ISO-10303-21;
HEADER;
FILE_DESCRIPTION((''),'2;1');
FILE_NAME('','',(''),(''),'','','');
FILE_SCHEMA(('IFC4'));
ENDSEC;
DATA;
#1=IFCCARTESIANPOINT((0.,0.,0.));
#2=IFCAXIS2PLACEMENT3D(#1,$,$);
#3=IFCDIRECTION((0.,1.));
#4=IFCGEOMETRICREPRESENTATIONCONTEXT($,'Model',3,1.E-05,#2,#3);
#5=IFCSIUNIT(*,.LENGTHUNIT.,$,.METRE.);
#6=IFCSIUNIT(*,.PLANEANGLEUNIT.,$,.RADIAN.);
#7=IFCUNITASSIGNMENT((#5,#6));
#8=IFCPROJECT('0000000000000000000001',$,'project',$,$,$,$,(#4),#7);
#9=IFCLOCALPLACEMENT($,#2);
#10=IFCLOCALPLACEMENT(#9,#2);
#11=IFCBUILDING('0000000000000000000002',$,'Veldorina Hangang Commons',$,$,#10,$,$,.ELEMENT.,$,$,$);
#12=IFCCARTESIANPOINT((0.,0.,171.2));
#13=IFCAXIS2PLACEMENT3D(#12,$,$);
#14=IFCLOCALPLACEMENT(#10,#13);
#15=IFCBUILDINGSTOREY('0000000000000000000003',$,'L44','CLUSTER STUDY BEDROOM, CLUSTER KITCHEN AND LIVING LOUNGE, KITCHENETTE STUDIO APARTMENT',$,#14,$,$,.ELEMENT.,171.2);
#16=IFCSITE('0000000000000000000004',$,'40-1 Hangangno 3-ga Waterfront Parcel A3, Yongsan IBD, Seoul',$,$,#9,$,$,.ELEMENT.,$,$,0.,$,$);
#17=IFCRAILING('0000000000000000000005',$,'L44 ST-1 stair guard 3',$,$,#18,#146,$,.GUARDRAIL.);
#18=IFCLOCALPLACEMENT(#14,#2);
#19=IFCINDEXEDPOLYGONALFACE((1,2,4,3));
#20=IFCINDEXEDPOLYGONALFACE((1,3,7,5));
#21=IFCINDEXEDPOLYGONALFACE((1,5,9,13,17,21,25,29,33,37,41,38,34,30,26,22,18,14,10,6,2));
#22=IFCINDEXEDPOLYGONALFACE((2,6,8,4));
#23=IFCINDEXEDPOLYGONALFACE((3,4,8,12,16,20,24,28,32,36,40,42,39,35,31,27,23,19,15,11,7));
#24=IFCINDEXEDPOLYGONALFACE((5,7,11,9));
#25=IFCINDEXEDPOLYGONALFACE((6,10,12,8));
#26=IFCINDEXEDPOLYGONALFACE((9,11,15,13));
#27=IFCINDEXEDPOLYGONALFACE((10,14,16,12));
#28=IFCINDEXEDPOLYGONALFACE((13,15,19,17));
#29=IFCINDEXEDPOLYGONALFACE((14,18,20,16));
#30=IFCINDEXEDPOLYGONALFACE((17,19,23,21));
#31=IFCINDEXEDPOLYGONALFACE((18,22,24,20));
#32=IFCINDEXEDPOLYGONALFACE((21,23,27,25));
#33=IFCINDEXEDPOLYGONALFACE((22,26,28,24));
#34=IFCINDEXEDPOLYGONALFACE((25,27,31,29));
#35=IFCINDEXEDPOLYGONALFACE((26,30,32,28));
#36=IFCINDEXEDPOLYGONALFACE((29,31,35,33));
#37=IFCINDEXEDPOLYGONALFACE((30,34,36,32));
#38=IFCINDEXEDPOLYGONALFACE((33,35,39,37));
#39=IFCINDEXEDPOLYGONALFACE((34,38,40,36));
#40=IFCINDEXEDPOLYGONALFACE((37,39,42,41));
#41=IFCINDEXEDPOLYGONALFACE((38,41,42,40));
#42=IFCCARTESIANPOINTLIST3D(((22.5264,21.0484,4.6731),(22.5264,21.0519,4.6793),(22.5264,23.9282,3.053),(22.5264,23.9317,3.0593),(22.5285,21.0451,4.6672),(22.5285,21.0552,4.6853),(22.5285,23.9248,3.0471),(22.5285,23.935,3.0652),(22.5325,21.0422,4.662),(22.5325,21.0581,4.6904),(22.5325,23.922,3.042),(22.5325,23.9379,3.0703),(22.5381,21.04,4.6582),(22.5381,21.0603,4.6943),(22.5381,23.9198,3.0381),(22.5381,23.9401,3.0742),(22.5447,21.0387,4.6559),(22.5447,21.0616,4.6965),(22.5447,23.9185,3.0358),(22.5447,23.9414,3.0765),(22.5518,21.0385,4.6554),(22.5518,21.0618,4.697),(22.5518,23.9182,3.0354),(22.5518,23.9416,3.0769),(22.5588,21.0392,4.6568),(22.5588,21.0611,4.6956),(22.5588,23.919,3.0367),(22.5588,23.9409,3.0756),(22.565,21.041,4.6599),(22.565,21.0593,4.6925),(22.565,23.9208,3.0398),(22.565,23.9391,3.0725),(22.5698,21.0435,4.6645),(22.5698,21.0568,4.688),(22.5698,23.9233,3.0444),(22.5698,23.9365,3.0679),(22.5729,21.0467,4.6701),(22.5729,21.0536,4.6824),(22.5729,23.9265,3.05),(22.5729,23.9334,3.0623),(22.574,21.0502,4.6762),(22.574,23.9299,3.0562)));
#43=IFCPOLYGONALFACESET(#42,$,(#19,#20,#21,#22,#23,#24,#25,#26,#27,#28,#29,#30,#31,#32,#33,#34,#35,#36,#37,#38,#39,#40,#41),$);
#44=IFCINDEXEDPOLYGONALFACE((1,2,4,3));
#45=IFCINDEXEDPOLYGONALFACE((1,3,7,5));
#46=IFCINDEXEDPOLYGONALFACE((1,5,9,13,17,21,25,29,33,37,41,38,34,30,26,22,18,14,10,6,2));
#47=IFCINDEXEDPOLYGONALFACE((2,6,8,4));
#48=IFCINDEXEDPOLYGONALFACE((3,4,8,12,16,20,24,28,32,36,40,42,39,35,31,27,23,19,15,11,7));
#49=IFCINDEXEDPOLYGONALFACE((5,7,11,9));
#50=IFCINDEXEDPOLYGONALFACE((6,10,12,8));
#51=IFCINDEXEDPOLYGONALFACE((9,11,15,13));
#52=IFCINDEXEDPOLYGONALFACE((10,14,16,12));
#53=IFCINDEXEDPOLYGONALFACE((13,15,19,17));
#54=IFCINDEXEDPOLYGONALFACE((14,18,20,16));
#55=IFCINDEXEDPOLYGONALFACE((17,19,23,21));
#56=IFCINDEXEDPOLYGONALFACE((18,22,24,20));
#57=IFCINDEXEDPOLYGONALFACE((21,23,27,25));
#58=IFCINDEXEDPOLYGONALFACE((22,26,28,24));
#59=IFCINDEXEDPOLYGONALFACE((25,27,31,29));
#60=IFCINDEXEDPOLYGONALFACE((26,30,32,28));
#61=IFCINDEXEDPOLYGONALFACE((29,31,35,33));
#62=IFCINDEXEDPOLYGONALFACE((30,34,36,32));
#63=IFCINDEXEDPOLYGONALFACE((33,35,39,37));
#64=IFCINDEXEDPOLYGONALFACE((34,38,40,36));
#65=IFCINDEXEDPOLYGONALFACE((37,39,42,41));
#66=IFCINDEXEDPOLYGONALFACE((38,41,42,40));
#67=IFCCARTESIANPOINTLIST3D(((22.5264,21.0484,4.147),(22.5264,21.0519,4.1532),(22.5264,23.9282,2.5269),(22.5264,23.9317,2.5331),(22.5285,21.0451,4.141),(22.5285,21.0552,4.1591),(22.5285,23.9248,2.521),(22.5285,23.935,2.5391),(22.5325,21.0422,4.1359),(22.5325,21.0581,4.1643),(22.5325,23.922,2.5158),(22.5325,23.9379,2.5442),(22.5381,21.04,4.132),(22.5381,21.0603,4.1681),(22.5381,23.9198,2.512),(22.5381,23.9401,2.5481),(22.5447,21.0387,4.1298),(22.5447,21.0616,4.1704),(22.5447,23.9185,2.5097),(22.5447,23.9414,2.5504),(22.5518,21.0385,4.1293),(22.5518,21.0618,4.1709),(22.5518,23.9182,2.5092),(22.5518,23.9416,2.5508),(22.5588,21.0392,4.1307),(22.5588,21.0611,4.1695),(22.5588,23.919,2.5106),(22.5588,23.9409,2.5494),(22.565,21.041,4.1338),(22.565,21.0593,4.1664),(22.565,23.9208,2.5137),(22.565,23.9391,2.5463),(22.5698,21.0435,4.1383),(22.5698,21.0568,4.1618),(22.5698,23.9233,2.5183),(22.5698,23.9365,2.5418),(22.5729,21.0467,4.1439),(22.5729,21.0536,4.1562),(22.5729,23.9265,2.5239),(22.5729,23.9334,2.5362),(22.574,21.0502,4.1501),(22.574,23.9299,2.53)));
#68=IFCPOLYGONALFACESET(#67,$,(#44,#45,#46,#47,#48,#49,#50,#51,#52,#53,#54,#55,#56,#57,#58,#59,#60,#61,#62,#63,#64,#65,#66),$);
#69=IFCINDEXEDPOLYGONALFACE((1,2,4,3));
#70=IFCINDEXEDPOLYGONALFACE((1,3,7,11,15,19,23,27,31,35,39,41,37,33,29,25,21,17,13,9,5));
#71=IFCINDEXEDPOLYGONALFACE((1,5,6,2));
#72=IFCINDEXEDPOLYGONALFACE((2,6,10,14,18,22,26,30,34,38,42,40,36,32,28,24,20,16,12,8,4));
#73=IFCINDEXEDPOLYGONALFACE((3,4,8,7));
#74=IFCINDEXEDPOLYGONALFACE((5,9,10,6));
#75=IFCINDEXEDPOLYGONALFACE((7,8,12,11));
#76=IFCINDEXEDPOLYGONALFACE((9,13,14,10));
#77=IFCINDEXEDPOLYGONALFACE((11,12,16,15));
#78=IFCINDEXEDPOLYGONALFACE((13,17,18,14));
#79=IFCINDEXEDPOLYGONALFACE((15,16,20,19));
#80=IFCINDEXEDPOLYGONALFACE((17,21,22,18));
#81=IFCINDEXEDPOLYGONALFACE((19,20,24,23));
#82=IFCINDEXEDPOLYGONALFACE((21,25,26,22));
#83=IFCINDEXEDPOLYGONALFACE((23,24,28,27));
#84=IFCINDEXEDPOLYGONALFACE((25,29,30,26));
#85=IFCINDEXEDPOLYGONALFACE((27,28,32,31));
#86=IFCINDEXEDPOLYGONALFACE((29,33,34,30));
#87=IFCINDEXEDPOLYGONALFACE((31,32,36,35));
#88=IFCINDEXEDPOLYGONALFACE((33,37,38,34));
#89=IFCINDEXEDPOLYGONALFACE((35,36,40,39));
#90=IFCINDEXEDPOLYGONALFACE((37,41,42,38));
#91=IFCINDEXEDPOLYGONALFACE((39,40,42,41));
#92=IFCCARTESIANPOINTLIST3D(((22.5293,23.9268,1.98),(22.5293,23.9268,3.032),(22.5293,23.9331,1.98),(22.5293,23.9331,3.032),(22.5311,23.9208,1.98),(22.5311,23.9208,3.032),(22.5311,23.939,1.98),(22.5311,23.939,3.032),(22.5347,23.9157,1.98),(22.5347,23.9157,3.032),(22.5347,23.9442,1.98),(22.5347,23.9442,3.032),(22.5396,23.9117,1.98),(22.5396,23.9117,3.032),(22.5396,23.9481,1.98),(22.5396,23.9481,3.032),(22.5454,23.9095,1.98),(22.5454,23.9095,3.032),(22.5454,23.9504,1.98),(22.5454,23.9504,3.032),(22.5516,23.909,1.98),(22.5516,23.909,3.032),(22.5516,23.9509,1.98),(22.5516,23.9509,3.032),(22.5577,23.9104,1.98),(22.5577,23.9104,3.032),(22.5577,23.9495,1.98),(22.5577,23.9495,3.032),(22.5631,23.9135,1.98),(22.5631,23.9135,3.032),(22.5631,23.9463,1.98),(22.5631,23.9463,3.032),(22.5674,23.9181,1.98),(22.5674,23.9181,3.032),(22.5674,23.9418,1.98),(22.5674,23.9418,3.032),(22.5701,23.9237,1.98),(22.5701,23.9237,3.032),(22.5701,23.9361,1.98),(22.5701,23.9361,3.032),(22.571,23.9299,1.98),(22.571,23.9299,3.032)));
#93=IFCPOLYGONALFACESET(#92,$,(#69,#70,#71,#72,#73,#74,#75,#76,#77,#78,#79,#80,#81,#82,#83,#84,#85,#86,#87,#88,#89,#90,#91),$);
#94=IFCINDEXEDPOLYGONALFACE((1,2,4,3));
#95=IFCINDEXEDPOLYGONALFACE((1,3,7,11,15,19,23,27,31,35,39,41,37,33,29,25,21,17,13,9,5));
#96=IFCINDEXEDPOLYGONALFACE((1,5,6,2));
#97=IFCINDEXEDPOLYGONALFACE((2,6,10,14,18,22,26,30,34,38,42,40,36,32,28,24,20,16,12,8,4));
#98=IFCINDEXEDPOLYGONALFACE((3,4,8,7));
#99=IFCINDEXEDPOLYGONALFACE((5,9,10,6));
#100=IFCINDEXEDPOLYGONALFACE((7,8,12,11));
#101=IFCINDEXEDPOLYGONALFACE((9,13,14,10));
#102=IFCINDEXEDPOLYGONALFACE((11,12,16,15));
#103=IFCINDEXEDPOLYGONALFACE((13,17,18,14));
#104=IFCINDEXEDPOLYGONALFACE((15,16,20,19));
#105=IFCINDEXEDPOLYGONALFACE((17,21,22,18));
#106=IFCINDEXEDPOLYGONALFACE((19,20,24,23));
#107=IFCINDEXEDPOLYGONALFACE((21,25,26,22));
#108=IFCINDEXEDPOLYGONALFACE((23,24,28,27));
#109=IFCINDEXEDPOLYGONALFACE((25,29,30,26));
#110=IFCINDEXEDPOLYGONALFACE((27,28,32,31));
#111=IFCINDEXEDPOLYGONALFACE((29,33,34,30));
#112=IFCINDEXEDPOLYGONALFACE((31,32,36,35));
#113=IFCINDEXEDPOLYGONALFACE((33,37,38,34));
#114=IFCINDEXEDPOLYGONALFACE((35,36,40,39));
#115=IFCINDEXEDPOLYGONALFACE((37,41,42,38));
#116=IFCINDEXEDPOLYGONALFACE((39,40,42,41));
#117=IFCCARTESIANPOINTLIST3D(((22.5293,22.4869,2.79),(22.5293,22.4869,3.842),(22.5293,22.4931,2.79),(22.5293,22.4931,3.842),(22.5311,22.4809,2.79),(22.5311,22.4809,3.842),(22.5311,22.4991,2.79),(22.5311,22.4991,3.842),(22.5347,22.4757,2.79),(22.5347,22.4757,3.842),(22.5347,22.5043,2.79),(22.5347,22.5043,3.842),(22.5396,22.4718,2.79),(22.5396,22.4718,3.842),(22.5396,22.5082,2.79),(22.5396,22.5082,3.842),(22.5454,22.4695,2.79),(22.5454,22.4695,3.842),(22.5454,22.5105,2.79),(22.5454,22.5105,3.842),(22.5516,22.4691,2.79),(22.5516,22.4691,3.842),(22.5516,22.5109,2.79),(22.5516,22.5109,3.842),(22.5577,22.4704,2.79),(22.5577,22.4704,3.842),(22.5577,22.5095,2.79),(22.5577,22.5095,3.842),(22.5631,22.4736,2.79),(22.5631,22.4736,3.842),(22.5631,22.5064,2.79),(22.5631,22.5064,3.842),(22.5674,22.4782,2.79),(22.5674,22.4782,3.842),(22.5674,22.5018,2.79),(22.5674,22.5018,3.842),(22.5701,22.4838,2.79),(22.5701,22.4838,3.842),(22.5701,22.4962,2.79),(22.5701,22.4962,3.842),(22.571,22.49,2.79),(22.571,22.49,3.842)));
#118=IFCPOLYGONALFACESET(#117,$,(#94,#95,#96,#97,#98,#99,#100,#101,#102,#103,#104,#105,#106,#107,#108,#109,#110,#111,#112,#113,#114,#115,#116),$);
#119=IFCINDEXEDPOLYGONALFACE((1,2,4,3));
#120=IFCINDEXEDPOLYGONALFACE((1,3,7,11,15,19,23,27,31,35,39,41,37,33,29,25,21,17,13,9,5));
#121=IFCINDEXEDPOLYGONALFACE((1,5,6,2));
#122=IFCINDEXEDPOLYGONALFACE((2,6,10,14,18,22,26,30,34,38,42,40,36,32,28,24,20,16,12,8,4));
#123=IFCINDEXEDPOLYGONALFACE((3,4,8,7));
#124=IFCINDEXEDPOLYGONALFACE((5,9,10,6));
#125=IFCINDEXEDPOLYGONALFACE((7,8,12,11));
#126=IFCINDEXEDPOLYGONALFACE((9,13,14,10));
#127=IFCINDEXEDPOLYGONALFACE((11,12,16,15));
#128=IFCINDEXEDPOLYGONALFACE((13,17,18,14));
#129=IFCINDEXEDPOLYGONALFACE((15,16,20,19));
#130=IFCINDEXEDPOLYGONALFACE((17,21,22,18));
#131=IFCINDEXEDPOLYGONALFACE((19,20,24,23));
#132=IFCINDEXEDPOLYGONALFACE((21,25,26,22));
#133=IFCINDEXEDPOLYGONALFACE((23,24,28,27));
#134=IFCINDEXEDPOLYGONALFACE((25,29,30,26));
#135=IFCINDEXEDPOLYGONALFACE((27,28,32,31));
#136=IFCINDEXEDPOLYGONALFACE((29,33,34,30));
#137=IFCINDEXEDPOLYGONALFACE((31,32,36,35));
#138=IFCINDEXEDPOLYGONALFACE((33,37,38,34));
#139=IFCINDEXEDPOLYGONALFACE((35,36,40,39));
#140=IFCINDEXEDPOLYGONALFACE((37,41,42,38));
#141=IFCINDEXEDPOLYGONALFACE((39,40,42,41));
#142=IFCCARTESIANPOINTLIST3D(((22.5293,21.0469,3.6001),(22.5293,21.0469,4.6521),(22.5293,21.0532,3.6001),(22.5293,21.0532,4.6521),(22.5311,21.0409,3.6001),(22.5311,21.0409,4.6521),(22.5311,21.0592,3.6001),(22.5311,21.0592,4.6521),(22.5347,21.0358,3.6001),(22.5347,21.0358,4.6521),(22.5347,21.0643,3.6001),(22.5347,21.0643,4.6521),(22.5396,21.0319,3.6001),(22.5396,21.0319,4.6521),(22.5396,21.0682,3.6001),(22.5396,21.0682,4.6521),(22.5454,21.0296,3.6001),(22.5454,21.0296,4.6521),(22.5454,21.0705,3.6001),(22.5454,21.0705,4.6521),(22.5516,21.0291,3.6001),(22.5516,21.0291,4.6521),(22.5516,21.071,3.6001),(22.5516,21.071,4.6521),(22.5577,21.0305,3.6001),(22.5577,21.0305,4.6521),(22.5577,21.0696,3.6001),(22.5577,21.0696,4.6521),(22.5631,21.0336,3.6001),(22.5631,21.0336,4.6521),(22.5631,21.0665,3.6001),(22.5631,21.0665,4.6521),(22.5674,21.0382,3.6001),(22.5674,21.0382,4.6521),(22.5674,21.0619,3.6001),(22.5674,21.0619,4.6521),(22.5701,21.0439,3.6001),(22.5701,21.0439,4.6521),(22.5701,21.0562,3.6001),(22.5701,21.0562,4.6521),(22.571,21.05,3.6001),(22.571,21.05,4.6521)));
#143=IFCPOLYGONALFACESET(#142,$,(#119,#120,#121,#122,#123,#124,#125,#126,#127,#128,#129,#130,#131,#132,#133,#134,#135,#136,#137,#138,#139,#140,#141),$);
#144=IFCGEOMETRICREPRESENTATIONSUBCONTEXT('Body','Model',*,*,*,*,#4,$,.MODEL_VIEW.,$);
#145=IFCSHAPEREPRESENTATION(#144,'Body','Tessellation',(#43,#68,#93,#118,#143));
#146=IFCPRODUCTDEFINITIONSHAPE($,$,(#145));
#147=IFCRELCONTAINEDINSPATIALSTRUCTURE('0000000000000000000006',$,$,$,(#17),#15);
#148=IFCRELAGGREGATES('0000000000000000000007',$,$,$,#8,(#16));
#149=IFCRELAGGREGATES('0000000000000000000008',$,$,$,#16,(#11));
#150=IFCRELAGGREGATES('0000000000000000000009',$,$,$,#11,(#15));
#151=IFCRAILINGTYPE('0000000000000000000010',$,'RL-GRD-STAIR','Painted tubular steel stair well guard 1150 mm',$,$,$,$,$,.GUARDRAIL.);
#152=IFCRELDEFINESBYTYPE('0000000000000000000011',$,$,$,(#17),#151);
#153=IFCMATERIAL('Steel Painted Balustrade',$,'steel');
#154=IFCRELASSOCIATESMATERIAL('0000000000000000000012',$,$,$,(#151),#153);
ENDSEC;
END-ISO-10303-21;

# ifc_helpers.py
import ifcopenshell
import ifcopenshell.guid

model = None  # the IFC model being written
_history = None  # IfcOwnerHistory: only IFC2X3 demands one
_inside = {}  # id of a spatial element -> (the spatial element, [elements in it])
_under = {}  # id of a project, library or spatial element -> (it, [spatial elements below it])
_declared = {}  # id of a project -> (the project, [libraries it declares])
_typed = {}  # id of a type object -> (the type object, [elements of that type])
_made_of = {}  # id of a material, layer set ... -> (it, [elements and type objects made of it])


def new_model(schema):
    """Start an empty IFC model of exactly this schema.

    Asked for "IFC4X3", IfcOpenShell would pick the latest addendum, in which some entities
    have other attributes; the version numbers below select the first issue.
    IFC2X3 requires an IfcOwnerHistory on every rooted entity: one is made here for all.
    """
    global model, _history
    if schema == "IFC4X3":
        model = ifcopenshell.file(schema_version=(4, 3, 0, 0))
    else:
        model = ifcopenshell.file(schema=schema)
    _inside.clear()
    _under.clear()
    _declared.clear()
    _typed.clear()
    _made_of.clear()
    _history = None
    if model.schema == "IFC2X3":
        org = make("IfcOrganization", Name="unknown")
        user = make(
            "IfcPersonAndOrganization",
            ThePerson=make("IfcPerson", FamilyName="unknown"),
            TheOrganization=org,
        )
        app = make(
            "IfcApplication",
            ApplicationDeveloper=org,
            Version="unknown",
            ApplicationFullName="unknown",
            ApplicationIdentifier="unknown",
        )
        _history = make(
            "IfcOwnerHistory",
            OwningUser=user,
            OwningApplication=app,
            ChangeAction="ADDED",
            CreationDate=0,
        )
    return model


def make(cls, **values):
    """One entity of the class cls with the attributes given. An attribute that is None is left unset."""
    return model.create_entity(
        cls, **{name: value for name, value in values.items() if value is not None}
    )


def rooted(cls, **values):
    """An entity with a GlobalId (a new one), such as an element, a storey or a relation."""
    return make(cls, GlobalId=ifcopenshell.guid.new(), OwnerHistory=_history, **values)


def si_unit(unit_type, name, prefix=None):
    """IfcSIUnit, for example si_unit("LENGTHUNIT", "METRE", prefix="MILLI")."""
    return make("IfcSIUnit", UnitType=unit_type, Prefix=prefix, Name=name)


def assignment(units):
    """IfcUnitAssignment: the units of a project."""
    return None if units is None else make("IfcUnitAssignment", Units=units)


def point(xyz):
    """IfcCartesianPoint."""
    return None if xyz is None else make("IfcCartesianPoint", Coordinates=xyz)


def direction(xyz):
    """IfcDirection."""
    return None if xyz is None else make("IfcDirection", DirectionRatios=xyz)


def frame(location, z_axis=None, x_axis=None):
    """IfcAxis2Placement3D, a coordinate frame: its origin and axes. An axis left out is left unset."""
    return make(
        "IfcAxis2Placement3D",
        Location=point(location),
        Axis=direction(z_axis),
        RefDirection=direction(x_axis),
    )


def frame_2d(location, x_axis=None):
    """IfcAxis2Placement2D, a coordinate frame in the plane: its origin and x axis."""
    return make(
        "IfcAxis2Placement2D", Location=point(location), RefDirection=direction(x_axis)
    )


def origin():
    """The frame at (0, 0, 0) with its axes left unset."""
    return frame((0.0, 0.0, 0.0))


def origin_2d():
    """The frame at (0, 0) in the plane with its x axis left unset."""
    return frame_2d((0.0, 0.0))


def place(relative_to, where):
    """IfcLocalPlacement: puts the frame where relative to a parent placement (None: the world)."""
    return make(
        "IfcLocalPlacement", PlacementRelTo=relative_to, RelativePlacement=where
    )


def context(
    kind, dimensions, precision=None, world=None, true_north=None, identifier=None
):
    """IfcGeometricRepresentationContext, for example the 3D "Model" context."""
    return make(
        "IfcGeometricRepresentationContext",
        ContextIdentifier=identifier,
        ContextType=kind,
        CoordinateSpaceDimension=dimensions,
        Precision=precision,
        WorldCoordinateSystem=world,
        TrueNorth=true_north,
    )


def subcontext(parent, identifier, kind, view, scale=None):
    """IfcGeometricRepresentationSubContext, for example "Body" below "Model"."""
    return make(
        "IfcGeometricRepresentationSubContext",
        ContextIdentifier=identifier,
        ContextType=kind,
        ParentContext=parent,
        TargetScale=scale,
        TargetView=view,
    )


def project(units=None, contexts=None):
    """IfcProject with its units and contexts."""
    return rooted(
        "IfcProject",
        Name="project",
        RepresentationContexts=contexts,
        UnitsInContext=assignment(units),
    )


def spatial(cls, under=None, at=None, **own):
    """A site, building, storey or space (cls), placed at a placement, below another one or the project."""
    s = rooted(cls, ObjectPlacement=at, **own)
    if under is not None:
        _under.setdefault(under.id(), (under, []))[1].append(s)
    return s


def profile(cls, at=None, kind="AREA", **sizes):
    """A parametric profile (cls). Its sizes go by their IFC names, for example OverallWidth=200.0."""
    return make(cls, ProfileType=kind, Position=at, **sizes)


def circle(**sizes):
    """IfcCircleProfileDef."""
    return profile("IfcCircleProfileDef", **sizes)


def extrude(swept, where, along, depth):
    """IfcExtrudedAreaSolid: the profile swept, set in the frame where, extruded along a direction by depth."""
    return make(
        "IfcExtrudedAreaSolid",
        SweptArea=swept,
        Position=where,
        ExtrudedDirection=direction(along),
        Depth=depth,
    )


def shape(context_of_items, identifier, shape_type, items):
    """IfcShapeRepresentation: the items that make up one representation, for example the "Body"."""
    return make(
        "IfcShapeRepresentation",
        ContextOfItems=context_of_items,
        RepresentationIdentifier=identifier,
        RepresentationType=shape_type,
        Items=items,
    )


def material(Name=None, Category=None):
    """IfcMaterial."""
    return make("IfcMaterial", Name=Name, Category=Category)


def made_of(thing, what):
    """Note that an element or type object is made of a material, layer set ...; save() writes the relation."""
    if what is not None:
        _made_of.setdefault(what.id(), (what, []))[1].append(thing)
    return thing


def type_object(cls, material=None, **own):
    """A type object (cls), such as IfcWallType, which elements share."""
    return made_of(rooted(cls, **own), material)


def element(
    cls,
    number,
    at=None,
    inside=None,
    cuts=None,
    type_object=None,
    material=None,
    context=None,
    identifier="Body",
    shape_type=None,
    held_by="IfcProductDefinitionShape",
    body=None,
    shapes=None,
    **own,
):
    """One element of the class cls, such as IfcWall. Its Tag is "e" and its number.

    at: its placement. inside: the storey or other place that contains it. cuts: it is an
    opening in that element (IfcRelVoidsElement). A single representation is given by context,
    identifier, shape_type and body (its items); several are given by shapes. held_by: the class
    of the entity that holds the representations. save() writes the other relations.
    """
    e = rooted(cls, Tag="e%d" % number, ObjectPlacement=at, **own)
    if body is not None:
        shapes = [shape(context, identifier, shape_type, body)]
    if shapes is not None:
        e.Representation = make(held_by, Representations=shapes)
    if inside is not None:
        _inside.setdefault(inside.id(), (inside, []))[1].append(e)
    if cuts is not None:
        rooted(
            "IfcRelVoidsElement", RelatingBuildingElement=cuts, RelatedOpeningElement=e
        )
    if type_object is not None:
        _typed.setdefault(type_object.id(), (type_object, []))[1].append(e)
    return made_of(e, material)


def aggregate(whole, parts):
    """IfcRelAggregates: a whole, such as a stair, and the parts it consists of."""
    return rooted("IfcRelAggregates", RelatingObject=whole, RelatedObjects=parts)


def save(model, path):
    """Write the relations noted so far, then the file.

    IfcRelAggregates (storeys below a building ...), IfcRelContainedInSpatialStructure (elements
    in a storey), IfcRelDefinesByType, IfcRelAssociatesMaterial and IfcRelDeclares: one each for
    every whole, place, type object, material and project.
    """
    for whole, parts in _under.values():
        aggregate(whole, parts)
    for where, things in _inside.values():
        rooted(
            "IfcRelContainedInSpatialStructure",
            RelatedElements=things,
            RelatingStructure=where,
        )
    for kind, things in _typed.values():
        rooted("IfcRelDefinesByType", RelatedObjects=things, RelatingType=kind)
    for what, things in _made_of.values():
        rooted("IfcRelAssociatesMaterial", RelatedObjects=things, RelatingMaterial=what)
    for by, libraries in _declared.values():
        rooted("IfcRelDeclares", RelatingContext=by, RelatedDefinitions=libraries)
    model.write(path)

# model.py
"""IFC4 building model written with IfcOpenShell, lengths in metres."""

from ifc_helpers import new_model, si_unit, direction, frame, origin, origin_2d, place, context, subcontext, project, spatial, circle, extrude, material, type_object, element, save


model = new_model("IFC4")

# Units and contexts
model_context = context("Model", 3, precision=1e-05, world=origin(), true_north=direction((0.0, 1.0)))
body_context = subcontext(model_context, "Body", "Model", "MODEL_VIEW")
ifc_project = project(units=[si_unit("LENGTHUNIT", "METRE"), si_unit("PLANEANGLEUNIT", "RADIAN")], contexts=[model_context])

# Site, building, storey
site_placement = place(None, origin())
site = spatial("IfcSite", under=ifc_project, at=site_placement, Name="40-1 Hangangno 3-ga Waterfront Parcel A3, Yongsan IBD, Seoul", CompositionType="ELEMENT", RefElevation=0.0)
building_placement = place(site_placement, origin())
building = spatial("IfcBuilding", under=site, at=building_placement, Name="Veldorina Hangang Commons", CompositionType="ELEMENT")
storey_placement = place(building_placement, frame((0.0, 0.0, 171.2)))
storey = spatial("IfcBuildingStorey", under=building, at=storey_placement, Name="L44", Description="CLUSTER STUDY BEDROOM, CLUSTER KITCHEN AND LIVING LOUNGE, KITCHENETTE STUDIO APARTMENT", CompositionType="ELEMENT", Elevation=171.2)

# Railing
ifc_material_1 = material(Name="Steel Painted Balustrade", Category="steel")
railing_type_1 = type_object("IfcRailingType", Name="RL-GRD-STAIR", Description="Painted tubular steel stair well guard 1150 mm", PredefinedType="GUARDRAIL", material=ifc_material_1)
railing_1_placement = place(storey_placement, frame((22.55, 23.9299, 1.98)))
element("IfcRailing", 1, at=railing_1_placement, inside=storey, type_object=railing_type_1, Name="L44 ST-1 stair guard 3", PredefinedType="GUARDRAIL", context=body_context, shape_type="SweptSolid", body=[
    extrude(circle(Radius=0.0239, at=origin_2d()), frame((0.0, 0.0, 1.0762), z_axis=(0.0, -0.871552, 0.490303), x_axis=(1.0, 0.0, 0.0)), (0.0, 0.0, 1.0), 3.3042),
    extrude(circle(Radius=0.0239, at=origin_2d()), frame((0.0, 0.0, 0.55), z_axis=(0.0, -0.871552, 0.490303), x_axis=(1.0, 0.0, 0.0)), (0.0, 0.0, 1.0), 3.3042),
    extrude(circle(Radius=0.021, at=origin_2d()), origin(), (0.0, 0.0, 1.0), 1.052),
    extrude(circle(Radius=0.021, at=origin_2d()), frame((0.0, -1.4399, 0.8101)), (0.0, 0.0, 1.0), 1.052),
    extrude(circle(Radius=0.021, at=origin_2d()), frame((0.0, -2.8799, 1.6201)), (0.0, 0.0, 1.0), 1.052),
])

save(model, "model.ifc")
